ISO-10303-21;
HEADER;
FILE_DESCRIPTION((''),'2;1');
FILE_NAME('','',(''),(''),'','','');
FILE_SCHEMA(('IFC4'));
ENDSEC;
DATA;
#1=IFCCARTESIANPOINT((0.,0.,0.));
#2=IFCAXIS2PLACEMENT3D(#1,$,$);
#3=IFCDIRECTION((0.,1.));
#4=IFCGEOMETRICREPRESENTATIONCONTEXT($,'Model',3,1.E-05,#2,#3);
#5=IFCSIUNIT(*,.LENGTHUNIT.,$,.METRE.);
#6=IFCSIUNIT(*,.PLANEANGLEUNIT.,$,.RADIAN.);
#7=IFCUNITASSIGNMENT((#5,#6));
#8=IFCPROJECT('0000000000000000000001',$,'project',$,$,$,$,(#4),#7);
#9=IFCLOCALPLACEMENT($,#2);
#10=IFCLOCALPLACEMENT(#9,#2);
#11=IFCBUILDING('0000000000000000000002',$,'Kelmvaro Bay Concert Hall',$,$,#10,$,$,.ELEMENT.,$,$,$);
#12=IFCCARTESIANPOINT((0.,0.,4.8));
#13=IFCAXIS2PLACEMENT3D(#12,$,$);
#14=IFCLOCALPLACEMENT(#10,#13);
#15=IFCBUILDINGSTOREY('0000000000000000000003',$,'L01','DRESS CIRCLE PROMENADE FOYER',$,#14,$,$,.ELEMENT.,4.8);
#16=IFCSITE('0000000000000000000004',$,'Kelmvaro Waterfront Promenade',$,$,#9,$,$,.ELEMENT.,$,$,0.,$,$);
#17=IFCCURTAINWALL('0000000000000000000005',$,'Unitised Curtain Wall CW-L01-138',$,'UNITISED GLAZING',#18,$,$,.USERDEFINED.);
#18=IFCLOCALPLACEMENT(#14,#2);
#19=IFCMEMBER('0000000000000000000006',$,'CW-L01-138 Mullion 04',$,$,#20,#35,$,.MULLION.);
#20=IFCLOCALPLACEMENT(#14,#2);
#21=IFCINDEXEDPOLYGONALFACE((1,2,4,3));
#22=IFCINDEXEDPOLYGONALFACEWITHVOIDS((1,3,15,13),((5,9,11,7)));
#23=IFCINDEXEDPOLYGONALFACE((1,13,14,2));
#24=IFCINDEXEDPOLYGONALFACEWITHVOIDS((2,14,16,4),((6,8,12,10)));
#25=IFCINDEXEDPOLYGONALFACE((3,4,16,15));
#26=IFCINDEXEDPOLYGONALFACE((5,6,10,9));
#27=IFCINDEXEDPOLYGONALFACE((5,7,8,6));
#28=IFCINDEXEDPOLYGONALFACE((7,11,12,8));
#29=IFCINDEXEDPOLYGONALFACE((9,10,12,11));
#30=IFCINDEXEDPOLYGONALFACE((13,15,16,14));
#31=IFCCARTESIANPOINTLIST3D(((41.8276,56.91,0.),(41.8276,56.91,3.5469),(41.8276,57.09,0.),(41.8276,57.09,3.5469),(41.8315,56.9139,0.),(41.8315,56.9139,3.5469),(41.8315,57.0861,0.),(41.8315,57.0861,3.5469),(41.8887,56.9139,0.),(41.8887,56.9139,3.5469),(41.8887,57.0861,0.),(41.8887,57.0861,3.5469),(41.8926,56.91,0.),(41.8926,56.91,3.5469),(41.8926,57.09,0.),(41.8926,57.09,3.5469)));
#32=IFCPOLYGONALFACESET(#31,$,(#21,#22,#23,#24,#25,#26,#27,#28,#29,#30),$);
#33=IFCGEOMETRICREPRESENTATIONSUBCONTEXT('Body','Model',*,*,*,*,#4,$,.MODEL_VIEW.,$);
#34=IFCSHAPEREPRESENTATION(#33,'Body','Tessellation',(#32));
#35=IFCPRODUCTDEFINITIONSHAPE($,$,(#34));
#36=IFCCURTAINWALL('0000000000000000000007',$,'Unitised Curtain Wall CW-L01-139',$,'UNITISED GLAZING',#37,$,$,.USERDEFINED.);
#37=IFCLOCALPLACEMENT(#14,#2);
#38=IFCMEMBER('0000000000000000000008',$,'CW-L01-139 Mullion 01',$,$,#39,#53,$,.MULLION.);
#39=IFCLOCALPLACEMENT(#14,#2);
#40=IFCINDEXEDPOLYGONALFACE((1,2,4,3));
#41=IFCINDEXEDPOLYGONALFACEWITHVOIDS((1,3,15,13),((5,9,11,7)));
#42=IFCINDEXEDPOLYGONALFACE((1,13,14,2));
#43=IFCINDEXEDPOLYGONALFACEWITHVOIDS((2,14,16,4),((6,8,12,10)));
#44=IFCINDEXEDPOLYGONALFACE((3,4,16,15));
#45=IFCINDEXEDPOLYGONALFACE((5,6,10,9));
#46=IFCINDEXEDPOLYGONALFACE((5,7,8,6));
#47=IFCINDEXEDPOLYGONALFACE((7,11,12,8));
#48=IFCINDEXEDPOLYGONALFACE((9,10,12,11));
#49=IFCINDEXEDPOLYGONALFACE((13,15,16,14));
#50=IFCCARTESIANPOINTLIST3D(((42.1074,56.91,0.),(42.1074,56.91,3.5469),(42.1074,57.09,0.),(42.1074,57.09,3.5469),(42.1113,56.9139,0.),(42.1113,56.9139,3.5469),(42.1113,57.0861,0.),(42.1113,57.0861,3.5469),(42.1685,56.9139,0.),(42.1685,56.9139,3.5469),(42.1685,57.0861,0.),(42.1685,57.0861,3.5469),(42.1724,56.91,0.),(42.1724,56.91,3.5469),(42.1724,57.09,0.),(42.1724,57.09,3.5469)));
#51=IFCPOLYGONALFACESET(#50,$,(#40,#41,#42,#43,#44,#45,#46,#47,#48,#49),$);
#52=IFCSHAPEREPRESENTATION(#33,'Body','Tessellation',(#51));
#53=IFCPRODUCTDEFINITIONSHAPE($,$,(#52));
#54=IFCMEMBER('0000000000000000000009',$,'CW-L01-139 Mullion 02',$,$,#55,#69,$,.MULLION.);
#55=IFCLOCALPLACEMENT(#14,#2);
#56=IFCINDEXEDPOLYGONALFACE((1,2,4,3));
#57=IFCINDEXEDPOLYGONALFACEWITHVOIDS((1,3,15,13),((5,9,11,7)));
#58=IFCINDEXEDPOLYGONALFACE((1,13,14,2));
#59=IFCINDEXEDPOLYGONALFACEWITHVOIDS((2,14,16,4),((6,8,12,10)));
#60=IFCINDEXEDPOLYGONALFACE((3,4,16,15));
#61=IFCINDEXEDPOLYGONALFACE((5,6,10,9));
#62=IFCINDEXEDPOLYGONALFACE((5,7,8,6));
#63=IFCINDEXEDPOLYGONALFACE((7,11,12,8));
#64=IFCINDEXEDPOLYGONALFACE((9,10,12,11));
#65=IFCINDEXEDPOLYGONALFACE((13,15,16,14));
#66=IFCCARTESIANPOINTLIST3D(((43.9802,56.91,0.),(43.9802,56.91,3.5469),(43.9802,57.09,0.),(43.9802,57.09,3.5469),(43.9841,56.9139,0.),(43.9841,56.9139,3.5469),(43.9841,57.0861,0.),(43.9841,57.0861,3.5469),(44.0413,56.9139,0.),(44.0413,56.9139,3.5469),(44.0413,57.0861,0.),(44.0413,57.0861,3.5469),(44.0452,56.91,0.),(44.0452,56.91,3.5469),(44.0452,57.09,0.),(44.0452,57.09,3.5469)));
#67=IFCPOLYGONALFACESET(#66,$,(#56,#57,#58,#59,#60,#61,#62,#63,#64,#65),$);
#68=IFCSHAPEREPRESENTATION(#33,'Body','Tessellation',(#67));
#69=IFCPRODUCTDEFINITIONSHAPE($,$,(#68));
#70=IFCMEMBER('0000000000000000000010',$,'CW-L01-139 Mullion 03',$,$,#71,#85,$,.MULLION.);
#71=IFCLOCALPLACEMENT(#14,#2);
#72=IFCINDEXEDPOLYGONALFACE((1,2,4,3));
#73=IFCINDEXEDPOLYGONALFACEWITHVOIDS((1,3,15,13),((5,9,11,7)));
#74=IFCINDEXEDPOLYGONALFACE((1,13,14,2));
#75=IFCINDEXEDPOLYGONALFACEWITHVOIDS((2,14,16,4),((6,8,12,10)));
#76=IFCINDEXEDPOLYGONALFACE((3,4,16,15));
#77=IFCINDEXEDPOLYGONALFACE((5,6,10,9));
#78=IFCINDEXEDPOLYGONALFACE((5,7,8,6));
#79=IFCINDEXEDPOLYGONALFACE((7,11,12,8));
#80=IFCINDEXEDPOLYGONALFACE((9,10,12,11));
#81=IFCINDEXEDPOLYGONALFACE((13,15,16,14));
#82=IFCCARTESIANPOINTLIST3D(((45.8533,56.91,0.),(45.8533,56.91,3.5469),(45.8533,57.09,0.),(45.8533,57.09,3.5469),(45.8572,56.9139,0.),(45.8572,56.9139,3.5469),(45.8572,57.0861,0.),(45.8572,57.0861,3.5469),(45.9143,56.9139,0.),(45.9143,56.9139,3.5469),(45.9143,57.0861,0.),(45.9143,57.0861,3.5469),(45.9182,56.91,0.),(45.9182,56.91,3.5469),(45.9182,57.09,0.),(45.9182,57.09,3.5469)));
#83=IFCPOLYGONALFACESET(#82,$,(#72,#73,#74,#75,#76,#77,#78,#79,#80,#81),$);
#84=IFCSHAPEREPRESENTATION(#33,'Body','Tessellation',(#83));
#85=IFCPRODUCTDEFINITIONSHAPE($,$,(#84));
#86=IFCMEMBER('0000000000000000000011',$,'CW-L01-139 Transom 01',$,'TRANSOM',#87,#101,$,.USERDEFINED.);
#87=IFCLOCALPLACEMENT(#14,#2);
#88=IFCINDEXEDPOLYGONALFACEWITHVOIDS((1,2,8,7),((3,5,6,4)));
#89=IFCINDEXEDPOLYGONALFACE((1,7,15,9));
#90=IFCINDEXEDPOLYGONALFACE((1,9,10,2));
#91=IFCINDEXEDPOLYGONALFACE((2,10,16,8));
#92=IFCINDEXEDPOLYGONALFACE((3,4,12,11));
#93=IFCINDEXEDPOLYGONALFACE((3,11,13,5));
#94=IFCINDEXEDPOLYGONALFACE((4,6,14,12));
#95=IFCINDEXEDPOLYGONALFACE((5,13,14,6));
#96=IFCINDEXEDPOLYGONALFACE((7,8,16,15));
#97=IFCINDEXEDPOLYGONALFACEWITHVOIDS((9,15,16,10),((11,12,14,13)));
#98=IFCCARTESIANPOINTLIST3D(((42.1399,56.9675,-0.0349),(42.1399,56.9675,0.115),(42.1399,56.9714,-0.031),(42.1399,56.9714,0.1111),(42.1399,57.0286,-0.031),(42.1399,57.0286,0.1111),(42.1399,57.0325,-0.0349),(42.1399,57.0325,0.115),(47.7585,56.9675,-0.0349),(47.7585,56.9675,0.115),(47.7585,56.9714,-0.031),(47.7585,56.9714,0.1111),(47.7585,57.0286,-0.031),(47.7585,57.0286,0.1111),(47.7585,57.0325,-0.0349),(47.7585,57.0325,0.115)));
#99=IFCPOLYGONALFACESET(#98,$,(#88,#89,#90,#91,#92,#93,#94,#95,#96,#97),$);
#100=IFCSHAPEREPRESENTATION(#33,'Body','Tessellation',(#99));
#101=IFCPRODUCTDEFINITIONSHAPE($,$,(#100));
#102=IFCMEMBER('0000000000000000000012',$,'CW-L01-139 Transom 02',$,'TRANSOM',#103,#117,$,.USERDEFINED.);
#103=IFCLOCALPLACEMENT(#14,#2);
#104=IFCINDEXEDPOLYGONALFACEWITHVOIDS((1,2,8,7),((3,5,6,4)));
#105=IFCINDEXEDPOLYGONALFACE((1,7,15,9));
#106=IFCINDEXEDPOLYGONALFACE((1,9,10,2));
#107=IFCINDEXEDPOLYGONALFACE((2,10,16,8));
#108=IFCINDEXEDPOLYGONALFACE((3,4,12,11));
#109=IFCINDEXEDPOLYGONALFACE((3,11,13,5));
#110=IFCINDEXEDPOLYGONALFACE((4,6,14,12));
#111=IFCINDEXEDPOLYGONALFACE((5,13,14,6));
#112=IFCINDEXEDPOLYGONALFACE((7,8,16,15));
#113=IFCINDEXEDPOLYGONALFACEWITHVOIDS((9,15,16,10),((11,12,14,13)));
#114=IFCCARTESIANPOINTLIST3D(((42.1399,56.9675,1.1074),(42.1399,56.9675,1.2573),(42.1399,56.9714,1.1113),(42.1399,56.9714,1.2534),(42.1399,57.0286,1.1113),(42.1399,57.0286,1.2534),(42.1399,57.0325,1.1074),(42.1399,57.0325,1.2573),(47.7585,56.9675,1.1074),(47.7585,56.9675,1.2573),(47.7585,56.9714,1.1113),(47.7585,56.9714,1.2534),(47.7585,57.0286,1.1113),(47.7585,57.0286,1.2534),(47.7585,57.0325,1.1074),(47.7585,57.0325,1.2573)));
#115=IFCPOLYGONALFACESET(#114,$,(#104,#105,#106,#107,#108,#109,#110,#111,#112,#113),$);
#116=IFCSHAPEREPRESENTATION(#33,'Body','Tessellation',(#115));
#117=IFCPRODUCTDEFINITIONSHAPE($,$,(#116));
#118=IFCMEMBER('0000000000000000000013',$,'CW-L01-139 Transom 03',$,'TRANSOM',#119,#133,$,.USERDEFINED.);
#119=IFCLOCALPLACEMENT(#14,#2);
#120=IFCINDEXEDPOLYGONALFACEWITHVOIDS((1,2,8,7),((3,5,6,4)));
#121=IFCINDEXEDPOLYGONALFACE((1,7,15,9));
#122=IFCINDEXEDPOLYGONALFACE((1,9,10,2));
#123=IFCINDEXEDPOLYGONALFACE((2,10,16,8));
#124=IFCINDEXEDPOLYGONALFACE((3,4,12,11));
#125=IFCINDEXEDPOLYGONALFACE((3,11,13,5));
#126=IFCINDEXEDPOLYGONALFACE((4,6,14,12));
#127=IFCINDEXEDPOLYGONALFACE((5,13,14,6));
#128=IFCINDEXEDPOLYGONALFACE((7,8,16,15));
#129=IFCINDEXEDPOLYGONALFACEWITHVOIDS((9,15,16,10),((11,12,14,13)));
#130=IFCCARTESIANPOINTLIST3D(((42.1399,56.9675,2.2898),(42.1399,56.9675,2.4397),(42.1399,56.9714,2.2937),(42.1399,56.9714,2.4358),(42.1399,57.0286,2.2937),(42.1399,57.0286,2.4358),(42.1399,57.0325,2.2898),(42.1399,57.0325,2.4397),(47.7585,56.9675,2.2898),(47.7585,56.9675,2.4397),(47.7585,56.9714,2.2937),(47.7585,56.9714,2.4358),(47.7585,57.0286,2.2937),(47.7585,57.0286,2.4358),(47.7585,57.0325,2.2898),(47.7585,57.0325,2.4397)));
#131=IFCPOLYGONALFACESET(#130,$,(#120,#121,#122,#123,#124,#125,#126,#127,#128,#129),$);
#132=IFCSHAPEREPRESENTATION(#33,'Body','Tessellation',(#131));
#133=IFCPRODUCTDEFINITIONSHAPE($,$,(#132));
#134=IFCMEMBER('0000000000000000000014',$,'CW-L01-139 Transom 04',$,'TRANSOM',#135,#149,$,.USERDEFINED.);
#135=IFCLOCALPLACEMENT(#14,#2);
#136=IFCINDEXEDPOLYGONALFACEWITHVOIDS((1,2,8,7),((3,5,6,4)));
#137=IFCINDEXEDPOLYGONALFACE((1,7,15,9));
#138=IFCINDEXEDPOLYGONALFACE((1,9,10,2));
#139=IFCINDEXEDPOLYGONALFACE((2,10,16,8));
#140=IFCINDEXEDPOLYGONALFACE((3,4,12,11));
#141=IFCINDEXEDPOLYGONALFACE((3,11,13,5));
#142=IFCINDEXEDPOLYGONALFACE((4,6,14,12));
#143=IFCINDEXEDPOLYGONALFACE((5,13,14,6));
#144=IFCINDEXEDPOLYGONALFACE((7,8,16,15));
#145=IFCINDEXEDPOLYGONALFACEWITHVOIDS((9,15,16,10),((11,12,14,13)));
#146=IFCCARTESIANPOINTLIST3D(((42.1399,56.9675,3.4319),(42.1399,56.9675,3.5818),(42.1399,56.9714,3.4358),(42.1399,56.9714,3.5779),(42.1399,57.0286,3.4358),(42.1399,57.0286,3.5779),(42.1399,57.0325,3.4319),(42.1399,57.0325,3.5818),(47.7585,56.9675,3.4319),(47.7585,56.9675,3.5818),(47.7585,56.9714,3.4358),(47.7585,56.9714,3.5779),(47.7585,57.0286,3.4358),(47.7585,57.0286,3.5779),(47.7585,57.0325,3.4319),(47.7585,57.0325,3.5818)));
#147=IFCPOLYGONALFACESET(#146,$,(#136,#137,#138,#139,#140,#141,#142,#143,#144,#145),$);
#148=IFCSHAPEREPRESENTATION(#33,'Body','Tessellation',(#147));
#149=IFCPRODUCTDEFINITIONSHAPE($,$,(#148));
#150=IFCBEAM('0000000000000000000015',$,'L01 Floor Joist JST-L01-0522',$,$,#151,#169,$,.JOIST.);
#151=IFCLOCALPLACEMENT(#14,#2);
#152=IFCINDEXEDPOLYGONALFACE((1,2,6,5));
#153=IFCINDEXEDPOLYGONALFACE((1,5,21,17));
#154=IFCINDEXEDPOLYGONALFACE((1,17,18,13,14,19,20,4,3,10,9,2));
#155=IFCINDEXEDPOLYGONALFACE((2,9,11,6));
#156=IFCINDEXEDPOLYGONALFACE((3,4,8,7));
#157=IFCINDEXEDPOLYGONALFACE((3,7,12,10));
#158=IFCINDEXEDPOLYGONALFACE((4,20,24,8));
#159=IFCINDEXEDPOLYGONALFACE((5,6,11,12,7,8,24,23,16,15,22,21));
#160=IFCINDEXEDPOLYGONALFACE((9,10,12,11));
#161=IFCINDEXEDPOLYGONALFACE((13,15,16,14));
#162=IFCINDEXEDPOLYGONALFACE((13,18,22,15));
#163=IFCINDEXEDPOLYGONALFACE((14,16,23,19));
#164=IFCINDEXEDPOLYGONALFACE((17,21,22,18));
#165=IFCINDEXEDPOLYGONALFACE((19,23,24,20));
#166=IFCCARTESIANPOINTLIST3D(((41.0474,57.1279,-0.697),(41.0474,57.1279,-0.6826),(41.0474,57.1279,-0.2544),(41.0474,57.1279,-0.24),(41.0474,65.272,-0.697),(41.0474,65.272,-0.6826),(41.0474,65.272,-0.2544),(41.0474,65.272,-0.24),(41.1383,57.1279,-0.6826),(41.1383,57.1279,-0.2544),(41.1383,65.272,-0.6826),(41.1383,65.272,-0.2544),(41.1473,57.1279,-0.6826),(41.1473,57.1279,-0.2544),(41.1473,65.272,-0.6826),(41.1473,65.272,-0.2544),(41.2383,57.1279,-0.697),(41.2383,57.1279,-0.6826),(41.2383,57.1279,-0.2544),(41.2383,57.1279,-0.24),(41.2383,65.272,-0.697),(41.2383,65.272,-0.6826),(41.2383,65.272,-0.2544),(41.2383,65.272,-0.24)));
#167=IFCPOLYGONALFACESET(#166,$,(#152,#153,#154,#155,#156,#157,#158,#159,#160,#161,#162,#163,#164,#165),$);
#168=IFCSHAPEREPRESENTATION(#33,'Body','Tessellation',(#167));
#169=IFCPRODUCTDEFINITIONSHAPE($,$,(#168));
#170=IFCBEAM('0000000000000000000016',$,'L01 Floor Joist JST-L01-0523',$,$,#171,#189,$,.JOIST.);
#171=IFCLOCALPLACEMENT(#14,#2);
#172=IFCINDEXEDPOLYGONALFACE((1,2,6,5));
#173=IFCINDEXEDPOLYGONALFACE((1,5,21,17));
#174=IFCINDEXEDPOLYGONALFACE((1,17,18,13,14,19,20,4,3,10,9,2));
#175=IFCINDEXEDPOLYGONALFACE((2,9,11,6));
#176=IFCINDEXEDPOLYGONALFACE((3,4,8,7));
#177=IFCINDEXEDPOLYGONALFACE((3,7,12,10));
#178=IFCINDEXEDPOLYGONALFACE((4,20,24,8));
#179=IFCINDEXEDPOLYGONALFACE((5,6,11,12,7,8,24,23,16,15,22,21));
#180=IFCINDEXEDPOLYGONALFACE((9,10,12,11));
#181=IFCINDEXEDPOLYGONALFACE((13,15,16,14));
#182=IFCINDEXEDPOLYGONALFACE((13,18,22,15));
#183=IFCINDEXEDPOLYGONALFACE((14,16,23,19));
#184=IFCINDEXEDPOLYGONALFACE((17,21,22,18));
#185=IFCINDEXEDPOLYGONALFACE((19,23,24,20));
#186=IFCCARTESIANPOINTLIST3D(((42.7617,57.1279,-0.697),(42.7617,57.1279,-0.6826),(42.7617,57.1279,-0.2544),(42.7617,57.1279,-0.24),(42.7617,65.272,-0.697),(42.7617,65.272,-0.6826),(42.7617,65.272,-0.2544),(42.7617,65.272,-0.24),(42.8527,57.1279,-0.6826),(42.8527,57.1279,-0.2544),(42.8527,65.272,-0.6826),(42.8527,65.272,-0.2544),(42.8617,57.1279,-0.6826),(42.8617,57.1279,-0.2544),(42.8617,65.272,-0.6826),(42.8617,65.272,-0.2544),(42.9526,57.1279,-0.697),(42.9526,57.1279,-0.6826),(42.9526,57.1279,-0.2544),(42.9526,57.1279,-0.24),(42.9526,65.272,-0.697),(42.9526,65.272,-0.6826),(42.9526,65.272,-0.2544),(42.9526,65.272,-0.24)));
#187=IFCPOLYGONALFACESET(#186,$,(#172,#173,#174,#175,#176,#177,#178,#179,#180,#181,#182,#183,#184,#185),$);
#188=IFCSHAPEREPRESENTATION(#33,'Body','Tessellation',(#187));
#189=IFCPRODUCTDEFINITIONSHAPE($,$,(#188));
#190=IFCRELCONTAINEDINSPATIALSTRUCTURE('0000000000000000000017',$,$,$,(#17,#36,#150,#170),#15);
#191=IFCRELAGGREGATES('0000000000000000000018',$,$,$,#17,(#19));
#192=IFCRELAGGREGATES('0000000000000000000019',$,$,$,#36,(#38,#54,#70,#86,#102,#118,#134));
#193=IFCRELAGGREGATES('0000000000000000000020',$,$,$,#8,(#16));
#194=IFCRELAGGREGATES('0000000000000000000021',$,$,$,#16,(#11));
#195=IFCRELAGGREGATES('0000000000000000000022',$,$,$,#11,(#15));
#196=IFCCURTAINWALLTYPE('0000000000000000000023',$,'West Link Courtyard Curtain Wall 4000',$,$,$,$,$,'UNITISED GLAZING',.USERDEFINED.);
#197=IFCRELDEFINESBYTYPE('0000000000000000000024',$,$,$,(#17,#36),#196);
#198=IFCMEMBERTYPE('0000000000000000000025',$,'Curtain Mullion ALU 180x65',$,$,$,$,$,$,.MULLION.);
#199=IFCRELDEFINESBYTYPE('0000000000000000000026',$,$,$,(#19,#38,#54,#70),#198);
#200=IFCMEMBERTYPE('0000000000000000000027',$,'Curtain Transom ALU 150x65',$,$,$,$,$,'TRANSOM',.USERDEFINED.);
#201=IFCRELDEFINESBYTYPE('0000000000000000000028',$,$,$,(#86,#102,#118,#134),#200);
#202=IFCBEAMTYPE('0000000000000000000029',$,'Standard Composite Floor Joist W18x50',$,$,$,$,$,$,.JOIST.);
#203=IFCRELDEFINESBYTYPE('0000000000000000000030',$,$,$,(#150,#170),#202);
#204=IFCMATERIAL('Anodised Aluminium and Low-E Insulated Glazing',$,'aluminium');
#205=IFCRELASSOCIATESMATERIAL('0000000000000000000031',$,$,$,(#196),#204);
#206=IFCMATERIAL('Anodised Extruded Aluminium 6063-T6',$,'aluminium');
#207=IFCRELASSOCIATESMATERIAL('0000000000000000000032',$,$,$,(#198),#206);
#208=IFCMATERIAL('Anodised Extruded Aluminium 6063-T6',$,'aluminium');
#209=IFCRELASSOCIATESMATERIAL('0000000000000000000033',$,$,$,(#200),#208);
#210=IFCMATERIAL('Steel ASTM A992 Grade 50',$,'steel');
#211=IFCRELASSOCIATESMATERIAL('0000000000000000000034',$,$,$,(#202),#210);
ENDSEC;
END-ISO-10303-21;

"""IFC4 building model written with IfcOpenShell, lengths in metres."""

from ifc_helpers import new_model, si_unit, direction, frame, origin, origin_2d, place, context, subcontext, project, spatial, hollow_rectangle, i_section, extrude, material, material_profile, profile_set, type_object, element, aggregate, save


model = new_model("IFC4")

# Units and contexts
model_context = context("Model", 3, precision=1e-05, world=origin(), true_north=direction((0.0, 1.0)))
body_context = subcontext(model_context, "Body", "Model", "MODEL_VIEW")
ifc_project = project(units=[si_unit("LENGTHUNIT", "METRE"), si_unit("PLANEANGLEUNIT", "RADIAN")], contexts=[model_context])

# Site, building, storey
site_placement = place(None, origin())
site = spatial("IfcSite", under=ifc_project, at=site_placement, Name="Kelmvaro Waterfront Promenade", CompositionType="ELEMENT", RefElevation=0.0)
building_placement = place(site_placement, origin())
building = spatial("IfcBuilding", under=site, at=building_placement, Name="Kelmvaro Bay Concert Hall", CompositionType="ELEMENT")
storey_placement = place(building_placement, frame((0.0, 0.0, 4.8)))
storey = spatial("IfcBuildingStorey", under=building, at=storey_placement, Name="L01", Description="DRESS CIRCLE PROMENADE FOYER", CompositionType="ELEMENT", Elevation=4.8)

# Curtain wall, member
ifc_material_1 = material(Name="Anodised Aluminium and Low-E Insulated Glazing", Category="aluminium")
curtain_wall_type_1 = type_object("IfcCurtainWallType", Name="West Link Courtyard Curtain Wall 4000", ElementType="UNITISED GLAZING", PredefinedType="USERDEFINED", material=ifc_material_1)
curtain_wall_1_placement = place(storey_placement, origin())
curtain_wall_1 = element("IfcCurtainWall", 1, at=curtain_wall_1_placement, inside=storey, type_object=curtain_wall_type_1, Name="Unitised Curtain Wall CW-L01-138", ObjectType="UNITISED GLAZING", PredefinedType="USERDEFINED")
ifc_material_2 = material(Name="Anodised Extruded Aluminium 6063-T6", Category="aluminium")
ifc_material_profile_1 = material_profile(ifc_material_2, hollow_rectangle(XDim=0.0649, YDim=0.1799, WallThickness=0.0039, at=origin_2d()), Name="ALU-MUL-180X65")
ifc_profile_set_1 = profile_set([ifc_material_profile_1], Name="Anodised Extruded Aluminium 6063-T6")
member_type_1 = type_object("IfcMemberType", Name="Curtain Mullion ALU 180x65", PredefinedType="MULLION", material=ifc_profile_set_1)
member_1_placement = place(storey_placement, frame((41.8601, 57.0, 0.0), z_axis=(0.0, 0.0, 1.0), x_axis=(1.0, 0.0, 0.0)))
member_1 = element("IfcMember", 2, at=member_1_placement, type_object=member_type_1, Name="CW-L01-138 Mullion 04", PredefinedType="MULLION", context=body_context, shape_type="SweptSolid", body=[
    extrude(hollow_rectangle(XDim=0.0649, YDim=0.1799, WallThickness=0.0039, at=origin_2d()), origin(), (0.0, 0.0, 1.0), 3.5469),
])

# Curtain wall, members
curtain_wall_2_placement = place(storey_placement, origin())
curtain_wall_2 = element("IfcCurtainWall", 3, at=curtain_wall_2_placement, inside=storey, type_object=curtain_wall_type_1, Name="Unitised Curtain Wall CW-L01-139", ObjectType="UNITISED GLAZING", PredefinedType="USERDEFINED")
member_2_placement = place(storey_placement, frame((42.1399, 57.0, 0.0), z_axis=(0.0, 0.0, 1.0), x_axis=(1.0, 0.0, 0.0)))
member_2 = element("IfcMember", 4, at=member_2_placement, type_object=member_type_1, Name="CW-L01-139 Mullion 01", PredefinedType="MULLION", context=body_context, shape_type="SweptSolid", body=[
    extrude(hollow_rectangle(XDim=0.0649, YDim=0.1799, WallThickness=0.0039, at=origin_2d()), origin(), (0.0, 0.0, 1.0), 3.5469),
])
member_3_placement = place(storey_placement, frame((44.0127, 57.0, 0.0), z_axis=(0.0, 0.0, 1.0), x_axis=(1.0, 0.0, 0.0)))
member_3 = element("IfcMember", 5, at=member_3_placement, type_object=member_type_1, Name="CW-L01-139 Mullion 02", PredefinedType="MULLION", context=body_context, shape_type="SweptSolid", body=[
    extrude(hollow_rectangle(XDim=0.0649, YDim=0.1799, WallThickness=0.0039, at=origin_2d()), origin(), (0.0, 0.0, 1.0), 3.5469),
])
member_4_placement = place(storey_placement, frame((45.8857, 57.0, 0.0), z_axis=(0.0, 0.0, 1.0), x_axis=(1.0, 0.0, 0.0)))
member_4 = element("IfcMember", 6, at=member_4_placement, type_object=member_type_1, Name="CW-L01-139 Mullion 03", PredefinedType="MULLION", context=body_context, shape_type="SweptSolid", body=[
    extrude(hollow_rectangle(XDim=0.0649, YDim=0.1799, WallThickness=0.0039, at=origin_2d()), origin(), (0.0, 0.0, 1.0), 3.5469),
])
ifc_material_3 = material(Name="Anodised Extruded Aluminium 6063-T6", Category="aluminium")
ifc_material_profile_2 = material_profile(ifc_material_3, hollow_rectangle(XDim=0.0649, YDim=0.1499, WallThickness=0.0039, at=origin_2d()), Name="ALU-TRN-150X65")
ifc_profile_set_2 = profile_set([ifc_material_profile_2], Name="Anodised Extruded Aluminium 6063-T6")
member_type_2 = type_object("IfcMemberType", Name="Curtain Transom ALU 150x65", ElementType="TRANSOM", PredefinedType="USERDEFINED", material=ifc_profile_set_2)
member_5_placement = place(storey_placement, frame((42.1399, 57.0, 0.04), z_axis=(1.0, 0.0, 0.0), x_axis=(0.0, 1.0, 0.0)))
member_5 = element("IfcMember", 7, at=member_5_placement, type_object=member_type_2, Name="CW-L01-139 Transom 01", ObjectType="TRANSOM", PredefinedType="USERDEFINED", context=body_context, shape_type="SweptSolid", body=[
    extrude(hollow_rectangle(XDim=0.0649, YDim=0.1499, WallThickness=0.0039, at=origin_2d()), origin(), (0.0, 0.0, 1.0), 5.6187),
])
member_6_placement = place(storey_placement, frame((42.1399, 57.0, 1.1824), z_axis=(1.0, 0.0, 0.0), x_axis=(0.0, 1.0, 0.0)))
member_6 = element("IfcMember", 8, at=member_6_placement, type_object=member_type_2, Name="CW-L01-139 Transom 02", ObjectType="TRANSOM", PredefinedType="USERDEFINED", context=body_context, shape_type="SweptSolid", body=[
    extrude(hollow_rectangle(XDim=0.0649, YDim=0.1499, WallThickness=0.0039, at=origin_2d()), origin(), (0.0, 0.0, 1.0), 5.6187),
])
member_7_placement = place(storey_placement, frame((42.1399, 57.0, 2.3647), z_axis=(1.0, 0.0, 0.0), x_axis=(0.0, 1.0, 0.0)))
member_7 = element("IfcMember", 9, at=member_7_placement, type_object=member_type_2, Name="CW-L01-139 Transom 03", ObjectType="TRANSOM", PredefinedType="USERDEFINED", context=body_context, shape_type="SweptSolid", body=[
    extrude(hollow_rectangle(XDim=0.0649, YDim=0.1499, WallThickness=0.0039, at=origin_2d()), origin(), (0.0, 0.0, 1.0), 5.6187),
])
member_8_placement = place(storey_placement, frame((42.1399, 57.0, 3.5068), z_axis=(1.0, 0.0, 0.0), x_axis=(0.0, 1.0, 0.0)))
member_8 = element("IfcMember", 10, at=member_8_placement, type_object=member_type_2, Name="CW-L01-139 Transom 04", ObjectType="TRANSOM", PredefinedType="USERDEFINED", context=body_context, shape_type="SweptSolid", body=[
    extrude(hollow_rectangle(XDim=0.0649, YDim=0.1499, WallThickness=0.0039, at=origin_2d()), origin(), (0.0, 0.0, 1.0), 5.6187),
])

# Beams
ifc_material_4 = material(Name="Steel ASTM A992 Grade 50", Category="steel")
ifc_material_profile_3 = material_profile(ifc_material_4, i_section(OverallWidth=0.1909, OverallDepth=0.457, WebThickness=0.009, FlangeThickness=0.0144, at=origin_2d()), Name="W18X50")
ifc_profile_set_3 = profile_set([ifc_material_profile_3], Name="Steel ASTM A992 Grade 50")
beam_type = type_object("IfcBeamType", Name="Standard Composite Floor Joist W18x50", PredefinedType="JOIST", material=ifc_profile_set_3)
for number, where, z_axis, x_axis, name in (
    (11, (41.1428, 57.1279, -0.4685), (0.0, 1.0, 0.0), (-1.0, 0.0, 0.0), "L01 Floor Joist JST-L01-0522"),
    (12, (42.8572, 57.1279, -0.4685), (0.0, 1.0, 0.0), (-1.0, 0.0, 0.0), "L01 Floor Joist JST-L01-0523"),
):
    element("IfcBeam", number, at=place(storey_placement, frame(where, z_axis=z_axis, x_axis=x_axis)), inside=storey, type_object=beam_type, Name=name, PredefinedType="JOIST", context=body_context, shape_type="SweptSolid", body=[
        extrude(i_section(OverallWidth=0.1909, OverallDepth=0.457, WebThickness=0.009, FlangeThickness=0.0144, at=origin_2d()), origin(), (0.0, 0.0, 1.0), 8.144),
    ])

aggregate(curtain_wall_1, [member_1])
aggregate(curtain_wall_2, [member_2, member_3, member_4, member_5, member_6, member_7, member_8])

save(model, "model.ifc")
